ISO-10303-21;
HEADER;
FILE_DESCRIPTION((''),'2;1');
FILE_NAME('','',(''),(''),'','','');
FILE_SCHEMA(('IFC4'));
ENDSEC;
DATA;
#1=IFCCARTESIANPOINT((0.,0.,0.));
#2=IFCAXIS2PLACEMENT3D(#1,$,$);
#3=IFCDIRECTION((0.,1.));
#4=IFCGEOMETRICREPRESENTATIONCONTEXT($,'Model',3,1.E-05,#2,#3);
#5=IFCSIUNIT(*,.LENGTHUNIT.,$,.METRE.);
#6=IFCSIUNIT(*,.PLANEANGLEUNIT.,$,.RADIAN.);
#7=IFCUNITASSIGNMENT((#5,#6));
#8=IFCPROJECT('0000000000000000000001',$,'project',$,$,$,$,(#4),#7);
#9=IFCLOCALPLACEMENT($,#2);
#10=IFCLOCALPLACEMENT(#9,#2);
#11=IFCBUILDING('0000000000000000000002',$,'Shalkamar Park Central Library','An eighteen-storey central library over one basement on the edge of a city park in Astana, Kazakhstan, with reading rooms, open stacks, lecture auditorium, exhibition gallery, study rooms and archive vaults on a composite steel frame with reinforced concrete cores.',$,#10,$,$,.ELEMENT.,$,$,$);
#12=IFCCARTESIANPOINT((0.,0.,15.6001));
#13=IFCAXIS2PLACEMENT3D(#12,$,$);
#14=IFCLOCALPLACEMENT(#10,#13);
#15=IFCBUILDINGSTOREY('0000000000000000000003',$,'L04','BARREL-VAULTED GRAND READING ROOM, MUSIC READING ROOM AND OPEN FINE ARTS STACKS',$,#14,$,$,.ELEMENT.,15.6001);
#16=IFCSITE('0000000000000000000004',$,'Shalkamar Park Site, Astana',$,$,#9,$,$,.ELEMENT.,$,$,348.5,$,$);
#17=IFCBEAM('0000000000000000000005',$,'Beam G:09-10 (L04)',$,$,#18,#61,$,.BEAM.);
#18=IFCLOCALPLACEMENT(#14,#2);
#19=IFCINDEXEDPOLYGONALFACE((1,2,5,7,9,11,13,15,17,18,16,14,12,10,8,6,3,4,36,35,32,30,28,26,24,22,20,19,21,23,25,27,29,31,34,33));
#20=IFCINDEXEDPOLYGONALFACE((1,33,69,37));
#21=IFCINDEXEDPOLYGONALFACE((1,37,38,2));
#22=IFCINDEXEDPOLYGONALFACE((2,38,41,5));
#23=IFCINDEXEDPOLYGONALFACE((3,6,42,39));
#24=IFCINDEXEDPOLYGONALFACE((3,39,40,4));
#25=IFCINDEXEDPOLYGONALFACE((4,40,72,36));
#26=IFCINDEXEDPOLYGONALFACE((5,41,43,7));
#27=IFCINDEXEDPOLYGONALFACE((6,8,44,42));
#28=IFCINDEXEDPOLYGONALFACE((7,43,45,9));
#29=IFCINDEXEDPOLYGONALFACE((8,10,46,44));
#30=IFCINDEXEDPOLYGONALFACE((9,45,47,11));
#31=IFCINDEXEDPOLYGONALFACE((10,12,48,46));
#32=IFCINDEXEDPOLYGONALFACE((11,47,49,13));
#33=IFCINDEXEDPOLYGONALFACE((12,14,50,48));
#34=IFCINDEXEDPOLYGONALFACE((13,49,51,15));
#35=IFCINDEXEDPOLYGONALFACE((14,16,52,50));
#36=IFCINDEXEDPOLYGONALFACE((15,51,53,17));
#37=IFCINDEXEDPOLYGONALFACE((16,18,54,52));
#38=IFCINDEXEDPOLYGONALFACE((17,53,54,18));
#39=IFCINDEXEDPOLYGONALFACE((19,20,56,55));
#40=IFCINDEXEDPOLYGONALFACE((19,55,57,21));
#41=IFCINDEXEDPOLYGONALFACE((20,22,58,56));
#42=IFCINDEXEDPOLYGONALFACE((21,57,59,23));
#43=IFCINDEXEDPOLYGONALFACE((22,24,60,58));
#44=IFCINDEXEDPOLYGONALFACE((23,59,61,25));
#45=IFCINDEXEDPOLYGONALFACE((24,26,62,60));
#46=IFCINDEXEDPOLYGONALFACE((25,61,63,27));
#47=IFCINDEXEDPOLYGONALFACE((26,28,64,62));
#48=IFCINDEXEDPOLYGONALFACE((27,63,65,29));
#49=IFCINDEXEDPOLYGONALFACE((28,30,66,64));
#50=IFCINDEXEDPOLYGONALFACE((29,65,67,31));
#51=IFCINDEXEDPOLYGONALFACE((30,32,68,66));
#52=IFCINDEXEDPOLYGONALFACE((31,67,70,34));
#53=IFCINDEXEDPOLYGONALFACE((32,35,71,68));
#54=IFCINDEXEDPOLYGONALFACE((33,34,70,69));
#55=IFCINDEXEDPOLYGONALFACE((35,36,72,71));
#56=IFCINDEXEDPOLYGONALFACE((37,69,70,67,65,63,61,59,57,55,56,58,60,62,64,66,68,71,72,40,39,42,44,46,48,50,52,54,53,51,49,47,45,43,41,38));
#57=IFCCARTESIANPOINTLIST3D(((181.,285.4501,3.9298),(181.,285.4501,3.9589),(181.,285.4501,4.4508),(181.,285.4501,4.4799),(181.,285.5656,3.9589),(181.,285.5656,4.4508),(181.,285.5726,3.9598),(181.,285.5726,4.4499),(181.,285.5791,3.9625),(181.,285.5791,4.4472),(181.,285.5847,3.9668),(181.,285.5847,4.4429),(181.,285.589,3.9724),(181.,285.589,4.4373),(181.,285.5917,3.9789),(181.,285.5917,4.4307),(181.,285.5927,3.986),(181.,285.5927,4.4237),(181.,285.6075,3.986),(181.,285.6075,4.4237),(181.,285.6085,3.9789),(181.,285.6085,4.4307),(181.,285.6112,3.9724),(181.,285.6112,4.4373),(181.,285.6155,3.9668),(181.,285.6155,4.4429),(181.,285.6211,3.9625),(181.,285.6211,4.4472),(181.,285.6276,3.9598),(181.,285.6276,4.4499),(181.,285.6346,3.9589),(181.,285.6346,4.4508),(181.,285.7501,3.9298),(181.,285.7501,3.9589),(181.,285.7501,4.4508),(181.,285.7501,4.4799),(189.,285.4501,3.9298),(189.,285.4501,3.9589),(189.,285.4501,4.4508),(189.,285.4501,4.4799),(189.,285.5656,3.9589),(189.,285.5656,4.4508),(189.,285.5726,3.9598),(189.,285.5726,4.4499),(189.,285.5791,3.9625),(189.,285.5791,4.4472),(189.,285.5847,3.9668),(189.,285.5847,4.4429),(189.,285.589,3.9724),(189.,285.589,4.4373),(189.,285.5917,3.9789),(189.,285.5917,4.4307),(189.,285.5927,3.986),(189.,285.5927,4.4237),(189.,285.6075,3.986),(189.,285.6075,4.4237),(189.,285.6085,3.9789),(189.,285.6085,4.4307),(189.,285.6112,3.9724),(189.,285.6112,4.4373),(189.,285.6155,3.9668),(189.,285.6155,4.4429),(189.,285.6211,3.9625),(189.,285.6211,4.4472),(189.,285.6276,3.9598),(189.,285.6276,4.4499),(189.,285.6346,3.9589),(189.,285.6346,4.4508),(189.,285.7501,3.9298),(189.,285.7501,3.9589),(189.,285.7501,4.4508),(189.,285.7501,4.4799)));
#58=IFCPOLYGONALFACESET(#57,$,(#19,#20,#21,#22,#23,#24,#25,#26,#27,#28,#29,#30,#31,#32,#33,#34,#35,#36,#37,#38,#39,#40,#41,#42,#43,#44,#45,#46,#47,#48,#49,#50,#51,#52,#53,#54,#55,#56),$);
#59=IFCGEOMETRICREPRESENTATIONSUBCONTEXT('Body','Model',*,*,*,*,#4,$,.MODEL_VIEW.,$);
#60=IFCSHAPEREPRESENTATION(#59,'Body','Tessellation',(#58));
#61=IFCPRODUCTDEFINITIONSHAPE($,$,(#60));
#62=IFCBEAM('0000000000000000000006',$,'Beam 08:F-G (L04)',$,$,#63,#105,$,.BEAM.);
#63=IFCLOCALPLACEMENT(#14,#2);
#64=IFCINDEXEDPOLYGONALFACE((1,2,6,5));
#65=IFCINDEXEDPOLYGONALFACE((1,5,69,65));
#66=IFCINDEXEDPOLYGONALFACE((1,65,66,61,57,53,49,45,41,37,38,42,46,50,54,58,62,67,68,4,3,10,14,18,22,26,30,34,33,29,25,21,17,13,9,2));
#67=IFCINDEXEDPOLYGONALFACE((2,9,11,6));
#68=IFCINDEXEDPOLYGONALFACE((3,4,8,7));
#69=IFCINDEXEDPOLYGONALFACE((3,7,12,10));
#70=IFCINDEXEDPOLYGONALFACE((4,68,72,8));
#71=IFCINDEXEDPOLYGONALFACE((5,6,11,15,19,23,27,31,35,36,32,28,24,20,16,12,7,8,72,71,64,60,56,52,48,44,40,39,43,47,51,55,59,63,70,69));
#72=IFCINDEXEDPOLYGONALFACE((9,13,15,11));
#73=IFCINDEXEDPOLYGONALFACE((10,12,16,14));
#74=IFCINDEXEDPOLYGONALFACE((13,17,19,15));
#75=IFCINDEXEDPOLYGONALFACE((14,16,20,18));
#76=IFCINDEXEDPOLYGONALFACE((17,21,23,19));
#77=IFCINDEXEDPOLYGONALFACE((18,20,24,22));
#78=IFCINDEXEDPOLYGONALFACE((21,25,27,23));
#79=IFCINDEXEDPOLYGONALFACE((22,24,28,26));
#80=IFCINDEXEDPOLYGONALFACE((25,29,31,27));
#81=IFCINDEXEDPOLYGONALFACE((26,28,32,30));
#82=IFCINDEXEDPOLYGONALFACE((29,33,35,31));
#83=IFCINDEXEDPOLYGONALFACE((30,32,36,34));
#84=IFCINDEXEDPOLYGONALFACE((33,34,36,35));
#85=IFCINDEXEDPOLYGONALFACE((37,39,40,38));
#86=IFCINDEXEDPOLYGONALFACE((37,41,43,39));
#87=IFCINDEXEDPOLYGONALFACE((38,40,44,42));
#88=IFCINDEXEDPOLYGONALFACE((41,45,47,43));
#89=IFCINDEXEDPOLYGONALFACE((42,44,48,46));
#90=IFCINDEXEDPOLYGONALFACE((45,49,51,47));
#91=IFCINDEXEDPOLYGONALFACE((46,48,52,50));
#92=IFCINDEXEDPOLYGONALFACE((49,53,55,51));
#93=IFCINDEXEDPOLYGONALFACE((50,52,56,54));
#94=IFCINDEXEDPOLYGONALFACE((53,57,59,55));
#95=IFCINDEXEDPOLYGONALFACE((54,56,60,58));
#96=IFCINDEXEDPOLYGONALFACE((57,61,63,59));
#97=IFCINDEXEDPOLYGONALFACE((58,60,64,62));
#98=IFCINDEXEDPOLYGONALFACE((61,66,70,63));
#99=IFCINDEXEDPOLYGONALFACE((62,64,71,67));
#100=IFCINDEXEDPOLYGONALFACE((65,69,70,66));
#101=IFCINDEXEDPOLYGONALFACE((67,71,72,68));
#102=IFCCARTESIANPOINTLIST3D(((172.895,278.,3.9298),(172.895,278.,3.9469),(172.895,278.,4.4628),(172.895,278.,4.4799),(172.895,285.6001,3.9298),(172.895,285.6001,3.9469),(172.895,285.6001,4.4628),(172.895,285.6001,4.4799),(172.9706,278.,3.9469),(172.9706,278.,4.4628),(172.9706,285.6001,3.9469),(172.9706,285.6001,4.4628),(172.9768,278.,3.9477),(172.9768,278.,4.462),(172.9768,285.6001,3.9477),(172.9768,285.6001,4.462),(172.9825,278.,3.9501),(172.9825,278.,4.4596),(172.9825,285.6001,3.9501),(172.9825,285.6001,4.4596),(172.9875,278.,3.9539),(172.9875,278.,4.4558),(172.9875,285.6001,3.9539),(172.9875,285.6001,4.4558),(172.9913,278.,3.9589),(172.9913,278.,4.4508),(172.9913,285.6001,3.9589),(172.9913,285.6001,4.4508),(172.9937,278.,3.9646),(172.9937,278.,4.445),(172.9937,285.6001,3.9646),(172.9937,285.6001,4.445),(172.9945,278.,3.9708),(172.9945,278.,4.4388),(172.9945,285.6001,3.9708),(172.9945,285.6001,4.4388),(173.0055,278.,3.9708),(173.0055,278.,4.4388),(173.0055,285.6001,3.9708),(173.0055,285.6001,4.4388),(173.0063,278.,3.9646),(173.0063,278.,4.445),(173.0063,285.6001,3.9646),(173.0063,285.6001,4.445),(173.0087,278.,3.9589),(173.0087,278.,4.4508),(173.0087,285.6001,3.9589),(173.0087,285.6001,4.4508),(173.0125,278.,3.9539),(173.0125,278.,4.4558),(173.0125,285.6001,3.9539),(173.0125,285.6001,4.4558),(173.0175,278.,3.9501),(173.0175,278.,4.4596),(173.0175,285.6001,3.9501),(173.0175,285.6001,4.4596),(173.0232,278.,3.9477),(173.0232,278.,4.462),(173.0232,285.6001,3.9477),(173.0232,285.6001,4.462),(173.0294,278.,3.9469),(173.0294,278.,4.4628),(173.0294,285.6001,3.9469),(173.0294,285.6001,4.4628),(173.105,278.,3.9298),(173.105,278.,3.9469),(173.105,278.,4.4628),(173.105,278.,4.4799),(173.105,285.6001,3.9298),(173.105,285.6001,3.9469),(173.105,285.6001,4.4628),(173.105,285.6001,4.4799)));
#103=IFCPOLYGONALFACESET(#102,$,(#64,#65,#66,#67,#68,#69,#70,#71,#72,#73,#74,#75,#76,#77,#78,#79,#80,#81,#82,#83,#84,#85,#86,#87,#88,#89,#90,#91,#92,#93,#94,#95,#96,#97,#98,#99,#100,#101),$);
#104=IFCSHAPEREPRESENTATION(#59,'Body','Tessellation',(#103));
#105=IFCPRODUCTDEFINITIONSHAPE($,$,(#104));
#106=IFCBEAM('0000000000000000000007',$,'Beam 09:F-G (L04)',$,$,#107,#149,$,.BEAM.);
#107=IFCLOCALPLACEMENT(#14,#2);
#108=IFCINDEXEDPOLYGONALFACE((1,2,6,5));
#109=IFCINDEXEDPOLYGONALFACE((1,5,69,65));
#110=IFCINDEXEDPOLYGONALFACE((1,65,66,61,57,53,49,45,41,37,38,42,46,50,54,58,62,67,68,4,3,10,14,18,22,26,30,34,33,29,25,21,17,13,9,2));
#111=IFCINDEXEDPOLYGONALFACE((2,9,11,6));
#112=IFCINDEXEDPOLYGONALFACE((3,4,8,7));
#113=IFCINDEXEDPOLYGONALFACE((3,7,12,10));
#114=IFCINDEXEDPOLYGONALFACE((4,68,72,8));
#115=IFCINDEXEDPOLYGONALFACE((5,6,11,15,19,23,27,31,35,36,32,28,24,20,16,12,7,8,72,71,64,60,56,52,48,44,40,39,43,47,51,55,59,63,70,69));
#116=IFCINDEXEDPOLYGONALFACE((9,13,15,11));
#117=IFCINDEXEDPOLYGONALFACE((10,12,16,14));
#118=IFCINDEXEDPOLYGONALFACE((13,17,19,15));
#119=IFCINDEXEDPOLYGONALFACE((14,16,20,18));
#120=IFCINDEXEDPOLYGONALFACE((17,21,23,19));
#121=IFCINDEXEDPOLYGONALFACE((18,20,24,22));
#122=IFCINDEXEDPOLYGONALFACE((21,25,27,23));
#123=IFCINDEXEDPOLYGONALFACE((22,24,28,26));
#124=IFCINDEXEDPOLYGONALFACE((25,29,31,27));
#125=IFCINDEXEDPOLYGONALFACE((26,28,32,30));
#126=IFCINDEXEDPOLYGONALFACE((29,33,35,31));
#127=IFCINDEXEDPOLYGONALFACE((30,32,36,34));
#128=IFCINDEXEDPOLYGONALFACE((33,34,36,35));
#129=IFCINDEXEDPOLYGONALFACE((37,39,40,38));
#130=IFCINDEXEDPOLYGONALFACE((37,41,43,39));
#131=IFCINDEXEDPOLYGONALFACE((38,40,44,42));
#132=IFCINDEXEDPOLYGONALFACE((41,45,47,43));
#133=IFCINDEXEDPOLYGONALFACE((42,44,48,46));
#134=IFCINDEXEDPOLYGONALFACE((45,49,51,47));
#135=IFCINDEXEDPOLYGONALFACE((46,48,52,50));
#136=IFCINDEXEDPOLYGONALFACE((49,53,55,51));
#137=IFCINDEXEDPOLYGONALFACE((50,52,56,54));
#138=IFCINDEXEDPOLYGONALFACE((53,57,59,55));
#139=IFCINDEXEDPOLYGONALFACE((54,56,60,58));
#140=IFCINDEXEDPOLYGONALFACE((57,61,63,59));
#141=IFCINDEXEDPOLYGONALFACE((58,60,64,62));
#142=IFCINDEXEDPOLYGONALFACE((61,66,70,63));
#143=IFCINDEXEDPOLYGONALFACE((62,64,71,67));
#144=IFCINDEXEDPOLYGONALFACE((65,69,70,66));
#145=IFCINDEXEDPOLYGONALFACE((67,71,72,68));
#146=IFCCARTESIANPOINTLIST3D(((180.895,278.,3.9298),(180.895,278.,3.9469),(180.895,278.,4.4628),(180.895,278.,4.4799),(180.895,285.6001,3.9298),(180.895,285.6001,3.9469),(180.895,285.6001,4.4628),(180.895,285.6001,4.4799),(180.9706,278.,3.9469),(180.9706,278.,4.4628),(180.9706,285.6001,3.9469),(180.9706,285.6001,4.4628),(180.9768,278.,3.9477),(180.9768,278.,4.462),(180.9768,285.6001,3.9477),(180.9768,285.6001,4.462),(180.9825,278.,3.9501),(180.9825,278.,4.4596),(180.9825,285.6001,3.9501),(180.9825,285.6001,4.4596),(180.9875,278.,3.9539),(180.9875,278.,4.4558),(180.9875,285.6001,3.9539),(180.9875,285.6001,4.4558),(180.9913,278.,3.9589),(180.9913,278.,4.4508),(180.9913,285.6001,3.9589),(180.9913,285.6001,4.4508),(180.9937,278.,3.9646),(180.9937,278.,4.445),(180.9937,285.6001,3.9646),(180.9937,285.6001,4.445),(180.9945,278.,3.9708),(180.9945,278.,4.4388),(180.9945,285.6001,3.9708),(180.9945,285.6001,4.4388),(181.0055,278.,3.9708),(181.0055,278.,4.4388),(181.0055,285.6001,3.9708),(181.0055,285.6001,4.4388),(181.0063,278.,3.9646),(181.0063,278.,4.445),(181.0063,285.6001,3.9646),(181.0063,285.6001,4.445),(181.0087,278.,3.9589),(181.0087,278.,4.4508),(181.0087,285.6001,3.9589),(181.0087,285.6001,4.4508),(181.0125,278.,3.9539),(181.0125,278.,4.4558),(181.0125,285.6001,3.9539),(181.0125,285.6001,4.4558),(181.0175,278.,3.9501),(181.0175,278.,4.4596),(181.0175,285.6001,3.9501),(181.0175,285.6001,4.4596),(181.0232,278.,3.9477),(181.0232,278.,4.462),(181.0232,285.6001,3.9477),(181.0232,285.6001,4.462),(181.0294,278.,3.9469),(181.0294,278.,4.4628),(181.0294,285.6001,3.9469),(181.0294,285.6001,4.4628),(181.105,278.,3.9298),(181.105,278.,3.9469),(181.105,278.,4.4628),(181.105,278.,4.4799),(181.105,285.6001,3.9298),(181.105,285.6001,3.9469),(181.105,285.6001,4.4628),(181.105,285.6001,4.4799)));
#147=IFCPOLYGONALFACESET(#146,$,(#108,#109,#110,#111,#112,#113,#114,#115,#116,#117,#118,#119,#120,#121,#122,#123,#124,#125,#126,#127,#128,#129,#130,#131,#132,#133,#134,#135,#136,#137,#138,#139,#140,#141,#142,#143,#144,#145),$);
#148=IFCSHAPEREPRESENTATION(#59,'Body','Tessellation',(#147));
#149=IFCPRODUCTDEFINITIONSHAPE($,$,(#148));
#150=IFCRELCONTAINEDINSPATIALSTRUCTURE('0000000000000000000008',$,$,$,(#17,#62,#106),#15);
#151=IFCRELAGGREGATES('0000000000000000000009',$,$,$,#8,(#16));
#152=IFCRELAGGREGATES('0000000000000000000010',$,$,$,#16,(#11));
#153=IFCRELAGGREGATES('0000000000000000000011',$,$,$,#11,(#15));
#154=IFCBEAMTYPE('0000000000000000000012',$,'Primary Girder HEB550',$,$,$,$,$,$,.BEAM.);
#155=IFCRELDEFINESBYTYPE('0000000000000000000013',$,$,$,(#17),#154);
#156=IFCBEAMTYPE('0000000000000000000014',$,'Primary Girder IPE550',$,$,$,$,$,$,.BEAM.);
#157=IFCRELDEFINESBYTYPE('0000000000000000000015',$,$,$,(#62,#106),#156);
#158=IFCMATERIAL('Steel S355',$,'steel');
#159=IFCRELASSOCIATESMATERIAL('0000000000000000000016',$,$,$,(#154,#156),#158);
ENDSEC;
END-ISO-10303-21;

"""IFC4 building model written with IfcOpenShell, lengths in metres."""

from ifc_helpers import new_model, si_unit, direction, frame, origin, origin_2d, place, context, subcontext, project, spatial, i_section, extrude, material, material_profile, profile_set, type_object, element, save


model = new_model("IFC4")

# Units and contexts
model_context = context("Model", 3, precision=1e-05, world=origin(), true_north=direction((0.0, 1.0)))
body_context = subcontext(model_context, "Body", "Model", "MODEL_VIEW")
ifc_project = project(units=[si_unit("LENGTHUNIT", "METRE"), si_unit("PLANEANGLEUNIT", "RADIAN")], contexts=[model_context])

# Site, building, storey
site_placement = place(None, origin())
site = spatial("IfcSite", under=ifc_project, at=site_placement, Name="Shalkamar Park Site, Astana", CompositionType="ELEMENT", RefElevation=348.5)
building_placement = place(site_placement, origin())
building = spatial("IfcBuilding", under=site, at=building_placement, Name="Shalkamar Park Central Library", Description="An eighteen-storey central library over one basement on the edge of a city park in Astana, Kazakhstan, with reading rooms, open stacks, lecture auditorium, exhibition gallery, study rooms and archive vaults on a composite steel frame with reinforced concrete cores.", CompositionType="ELEMENT")
storey_placement = place(building_placement, frame((0.0, 0.0, 15.6001)))
storey = spatial("IfcBuildingStorey", under=building, at=storey_placement, Name="L04", Description="BARREL-VAULTED GRAND READING ROOM, MUSIC READING ROOM AND OPEN FINE ARTS STACKS", CompositionType="ELEMENT", Elevation=15.6001)

# Shared definitions
ifc_material = material(Name="Steel S355", Category="steel")

# Beams
ifc_material_profile_1 = material_profile(ifc_material, i_section(OverallWidth=0.3, OverallDepth=0.55, WebThickness=0.0149, FlangeThickness=0.0291, FilletRadius=0.0271, at=origin_2d()), Name="HEB 550")
ifc_profile_set_1 = profile_set([ifc_material_profile_1], Name="Steel S355")
beam_type_1 = type_object("IfcBeamType", Name="Primary Girder HEB550", PredefinedType="BEAM", material=ifc_profile_set_1)
for number, where, z_axis, x_axis, name in (
    (1, (181.0, 285.6001, 4.2048), (1.0, 0.0, 0.0), (0.0, 1.0, 0.0), "Beam G:09-10 (L04)"),
):
    element("IfcBeam", number, at=place(storey_placement, frame(where, z_axis=z_axis, x_axis=x_axis)), inside=storey, type_object=beam_type_1, Name=name, PredefinedType="BEAM", context=body_context, shape_type="SweptSolid", body=[
        extrude(i_section(OverallWidth=0.3, OverallDepth=0.55, WebThickness=0.0149, FlangeThickness=0.0291, FilletRadius=0.0271, at=origin_2d()), origin(), (0.0, 0.0, 1.0), 8.0),
    ])
ifc_material_profile_2 = material_profile(ifc_material, i_section(OverallWidth=0.21, OverallDepth=0.55, WebThickness=0.011, FlangeThickness=0.0171, FilletRadius=0.0239, at=origin_2d()), Name="IPE 550")
ifc_profile_set_2 = profile_set([ifc_material_profile_2], Name="Steel S355")
beam_type_2 = type_object("IfcBeamType", Name="Primary Girder IPE550", PredefinedType="BEAM", material=ifc_profile_set_2)
for number, where, z_axis, x_axis, name in (
    (2, (173.0, 278.0, 4.2048), (0.0, 1.0, 0.0), (-1.0, 0.0, 0.0), "Beam 08:F-G (L04)"),
    (3, (181.0, 278.0, 4.2048), (0.0, 1.0, 0.0), (-1.0, 0.0, 0.0), "Beam 09:F-G (L04)"),
):
    element("IfcBeam", number, at=place(storey_placement, frame(where, z_axis=z_axis, x_axis=x_axis)), inside=storey, type_object=beam_type_2, Name=name, PredefinedType="BEAM", context=body_context, shape_type="SweptSolid", body=[
        extrude(i_section(OverallWidth=0.21, OverallDepth=0.55, WebThickness=0.011, FlangeThickness=0.0171, FilletRadius=0.0239, at=origin_2d()), origin(), (0.0, 0.0, 1.0), 7.6001),
    ])

save(model, "model.ifc")
